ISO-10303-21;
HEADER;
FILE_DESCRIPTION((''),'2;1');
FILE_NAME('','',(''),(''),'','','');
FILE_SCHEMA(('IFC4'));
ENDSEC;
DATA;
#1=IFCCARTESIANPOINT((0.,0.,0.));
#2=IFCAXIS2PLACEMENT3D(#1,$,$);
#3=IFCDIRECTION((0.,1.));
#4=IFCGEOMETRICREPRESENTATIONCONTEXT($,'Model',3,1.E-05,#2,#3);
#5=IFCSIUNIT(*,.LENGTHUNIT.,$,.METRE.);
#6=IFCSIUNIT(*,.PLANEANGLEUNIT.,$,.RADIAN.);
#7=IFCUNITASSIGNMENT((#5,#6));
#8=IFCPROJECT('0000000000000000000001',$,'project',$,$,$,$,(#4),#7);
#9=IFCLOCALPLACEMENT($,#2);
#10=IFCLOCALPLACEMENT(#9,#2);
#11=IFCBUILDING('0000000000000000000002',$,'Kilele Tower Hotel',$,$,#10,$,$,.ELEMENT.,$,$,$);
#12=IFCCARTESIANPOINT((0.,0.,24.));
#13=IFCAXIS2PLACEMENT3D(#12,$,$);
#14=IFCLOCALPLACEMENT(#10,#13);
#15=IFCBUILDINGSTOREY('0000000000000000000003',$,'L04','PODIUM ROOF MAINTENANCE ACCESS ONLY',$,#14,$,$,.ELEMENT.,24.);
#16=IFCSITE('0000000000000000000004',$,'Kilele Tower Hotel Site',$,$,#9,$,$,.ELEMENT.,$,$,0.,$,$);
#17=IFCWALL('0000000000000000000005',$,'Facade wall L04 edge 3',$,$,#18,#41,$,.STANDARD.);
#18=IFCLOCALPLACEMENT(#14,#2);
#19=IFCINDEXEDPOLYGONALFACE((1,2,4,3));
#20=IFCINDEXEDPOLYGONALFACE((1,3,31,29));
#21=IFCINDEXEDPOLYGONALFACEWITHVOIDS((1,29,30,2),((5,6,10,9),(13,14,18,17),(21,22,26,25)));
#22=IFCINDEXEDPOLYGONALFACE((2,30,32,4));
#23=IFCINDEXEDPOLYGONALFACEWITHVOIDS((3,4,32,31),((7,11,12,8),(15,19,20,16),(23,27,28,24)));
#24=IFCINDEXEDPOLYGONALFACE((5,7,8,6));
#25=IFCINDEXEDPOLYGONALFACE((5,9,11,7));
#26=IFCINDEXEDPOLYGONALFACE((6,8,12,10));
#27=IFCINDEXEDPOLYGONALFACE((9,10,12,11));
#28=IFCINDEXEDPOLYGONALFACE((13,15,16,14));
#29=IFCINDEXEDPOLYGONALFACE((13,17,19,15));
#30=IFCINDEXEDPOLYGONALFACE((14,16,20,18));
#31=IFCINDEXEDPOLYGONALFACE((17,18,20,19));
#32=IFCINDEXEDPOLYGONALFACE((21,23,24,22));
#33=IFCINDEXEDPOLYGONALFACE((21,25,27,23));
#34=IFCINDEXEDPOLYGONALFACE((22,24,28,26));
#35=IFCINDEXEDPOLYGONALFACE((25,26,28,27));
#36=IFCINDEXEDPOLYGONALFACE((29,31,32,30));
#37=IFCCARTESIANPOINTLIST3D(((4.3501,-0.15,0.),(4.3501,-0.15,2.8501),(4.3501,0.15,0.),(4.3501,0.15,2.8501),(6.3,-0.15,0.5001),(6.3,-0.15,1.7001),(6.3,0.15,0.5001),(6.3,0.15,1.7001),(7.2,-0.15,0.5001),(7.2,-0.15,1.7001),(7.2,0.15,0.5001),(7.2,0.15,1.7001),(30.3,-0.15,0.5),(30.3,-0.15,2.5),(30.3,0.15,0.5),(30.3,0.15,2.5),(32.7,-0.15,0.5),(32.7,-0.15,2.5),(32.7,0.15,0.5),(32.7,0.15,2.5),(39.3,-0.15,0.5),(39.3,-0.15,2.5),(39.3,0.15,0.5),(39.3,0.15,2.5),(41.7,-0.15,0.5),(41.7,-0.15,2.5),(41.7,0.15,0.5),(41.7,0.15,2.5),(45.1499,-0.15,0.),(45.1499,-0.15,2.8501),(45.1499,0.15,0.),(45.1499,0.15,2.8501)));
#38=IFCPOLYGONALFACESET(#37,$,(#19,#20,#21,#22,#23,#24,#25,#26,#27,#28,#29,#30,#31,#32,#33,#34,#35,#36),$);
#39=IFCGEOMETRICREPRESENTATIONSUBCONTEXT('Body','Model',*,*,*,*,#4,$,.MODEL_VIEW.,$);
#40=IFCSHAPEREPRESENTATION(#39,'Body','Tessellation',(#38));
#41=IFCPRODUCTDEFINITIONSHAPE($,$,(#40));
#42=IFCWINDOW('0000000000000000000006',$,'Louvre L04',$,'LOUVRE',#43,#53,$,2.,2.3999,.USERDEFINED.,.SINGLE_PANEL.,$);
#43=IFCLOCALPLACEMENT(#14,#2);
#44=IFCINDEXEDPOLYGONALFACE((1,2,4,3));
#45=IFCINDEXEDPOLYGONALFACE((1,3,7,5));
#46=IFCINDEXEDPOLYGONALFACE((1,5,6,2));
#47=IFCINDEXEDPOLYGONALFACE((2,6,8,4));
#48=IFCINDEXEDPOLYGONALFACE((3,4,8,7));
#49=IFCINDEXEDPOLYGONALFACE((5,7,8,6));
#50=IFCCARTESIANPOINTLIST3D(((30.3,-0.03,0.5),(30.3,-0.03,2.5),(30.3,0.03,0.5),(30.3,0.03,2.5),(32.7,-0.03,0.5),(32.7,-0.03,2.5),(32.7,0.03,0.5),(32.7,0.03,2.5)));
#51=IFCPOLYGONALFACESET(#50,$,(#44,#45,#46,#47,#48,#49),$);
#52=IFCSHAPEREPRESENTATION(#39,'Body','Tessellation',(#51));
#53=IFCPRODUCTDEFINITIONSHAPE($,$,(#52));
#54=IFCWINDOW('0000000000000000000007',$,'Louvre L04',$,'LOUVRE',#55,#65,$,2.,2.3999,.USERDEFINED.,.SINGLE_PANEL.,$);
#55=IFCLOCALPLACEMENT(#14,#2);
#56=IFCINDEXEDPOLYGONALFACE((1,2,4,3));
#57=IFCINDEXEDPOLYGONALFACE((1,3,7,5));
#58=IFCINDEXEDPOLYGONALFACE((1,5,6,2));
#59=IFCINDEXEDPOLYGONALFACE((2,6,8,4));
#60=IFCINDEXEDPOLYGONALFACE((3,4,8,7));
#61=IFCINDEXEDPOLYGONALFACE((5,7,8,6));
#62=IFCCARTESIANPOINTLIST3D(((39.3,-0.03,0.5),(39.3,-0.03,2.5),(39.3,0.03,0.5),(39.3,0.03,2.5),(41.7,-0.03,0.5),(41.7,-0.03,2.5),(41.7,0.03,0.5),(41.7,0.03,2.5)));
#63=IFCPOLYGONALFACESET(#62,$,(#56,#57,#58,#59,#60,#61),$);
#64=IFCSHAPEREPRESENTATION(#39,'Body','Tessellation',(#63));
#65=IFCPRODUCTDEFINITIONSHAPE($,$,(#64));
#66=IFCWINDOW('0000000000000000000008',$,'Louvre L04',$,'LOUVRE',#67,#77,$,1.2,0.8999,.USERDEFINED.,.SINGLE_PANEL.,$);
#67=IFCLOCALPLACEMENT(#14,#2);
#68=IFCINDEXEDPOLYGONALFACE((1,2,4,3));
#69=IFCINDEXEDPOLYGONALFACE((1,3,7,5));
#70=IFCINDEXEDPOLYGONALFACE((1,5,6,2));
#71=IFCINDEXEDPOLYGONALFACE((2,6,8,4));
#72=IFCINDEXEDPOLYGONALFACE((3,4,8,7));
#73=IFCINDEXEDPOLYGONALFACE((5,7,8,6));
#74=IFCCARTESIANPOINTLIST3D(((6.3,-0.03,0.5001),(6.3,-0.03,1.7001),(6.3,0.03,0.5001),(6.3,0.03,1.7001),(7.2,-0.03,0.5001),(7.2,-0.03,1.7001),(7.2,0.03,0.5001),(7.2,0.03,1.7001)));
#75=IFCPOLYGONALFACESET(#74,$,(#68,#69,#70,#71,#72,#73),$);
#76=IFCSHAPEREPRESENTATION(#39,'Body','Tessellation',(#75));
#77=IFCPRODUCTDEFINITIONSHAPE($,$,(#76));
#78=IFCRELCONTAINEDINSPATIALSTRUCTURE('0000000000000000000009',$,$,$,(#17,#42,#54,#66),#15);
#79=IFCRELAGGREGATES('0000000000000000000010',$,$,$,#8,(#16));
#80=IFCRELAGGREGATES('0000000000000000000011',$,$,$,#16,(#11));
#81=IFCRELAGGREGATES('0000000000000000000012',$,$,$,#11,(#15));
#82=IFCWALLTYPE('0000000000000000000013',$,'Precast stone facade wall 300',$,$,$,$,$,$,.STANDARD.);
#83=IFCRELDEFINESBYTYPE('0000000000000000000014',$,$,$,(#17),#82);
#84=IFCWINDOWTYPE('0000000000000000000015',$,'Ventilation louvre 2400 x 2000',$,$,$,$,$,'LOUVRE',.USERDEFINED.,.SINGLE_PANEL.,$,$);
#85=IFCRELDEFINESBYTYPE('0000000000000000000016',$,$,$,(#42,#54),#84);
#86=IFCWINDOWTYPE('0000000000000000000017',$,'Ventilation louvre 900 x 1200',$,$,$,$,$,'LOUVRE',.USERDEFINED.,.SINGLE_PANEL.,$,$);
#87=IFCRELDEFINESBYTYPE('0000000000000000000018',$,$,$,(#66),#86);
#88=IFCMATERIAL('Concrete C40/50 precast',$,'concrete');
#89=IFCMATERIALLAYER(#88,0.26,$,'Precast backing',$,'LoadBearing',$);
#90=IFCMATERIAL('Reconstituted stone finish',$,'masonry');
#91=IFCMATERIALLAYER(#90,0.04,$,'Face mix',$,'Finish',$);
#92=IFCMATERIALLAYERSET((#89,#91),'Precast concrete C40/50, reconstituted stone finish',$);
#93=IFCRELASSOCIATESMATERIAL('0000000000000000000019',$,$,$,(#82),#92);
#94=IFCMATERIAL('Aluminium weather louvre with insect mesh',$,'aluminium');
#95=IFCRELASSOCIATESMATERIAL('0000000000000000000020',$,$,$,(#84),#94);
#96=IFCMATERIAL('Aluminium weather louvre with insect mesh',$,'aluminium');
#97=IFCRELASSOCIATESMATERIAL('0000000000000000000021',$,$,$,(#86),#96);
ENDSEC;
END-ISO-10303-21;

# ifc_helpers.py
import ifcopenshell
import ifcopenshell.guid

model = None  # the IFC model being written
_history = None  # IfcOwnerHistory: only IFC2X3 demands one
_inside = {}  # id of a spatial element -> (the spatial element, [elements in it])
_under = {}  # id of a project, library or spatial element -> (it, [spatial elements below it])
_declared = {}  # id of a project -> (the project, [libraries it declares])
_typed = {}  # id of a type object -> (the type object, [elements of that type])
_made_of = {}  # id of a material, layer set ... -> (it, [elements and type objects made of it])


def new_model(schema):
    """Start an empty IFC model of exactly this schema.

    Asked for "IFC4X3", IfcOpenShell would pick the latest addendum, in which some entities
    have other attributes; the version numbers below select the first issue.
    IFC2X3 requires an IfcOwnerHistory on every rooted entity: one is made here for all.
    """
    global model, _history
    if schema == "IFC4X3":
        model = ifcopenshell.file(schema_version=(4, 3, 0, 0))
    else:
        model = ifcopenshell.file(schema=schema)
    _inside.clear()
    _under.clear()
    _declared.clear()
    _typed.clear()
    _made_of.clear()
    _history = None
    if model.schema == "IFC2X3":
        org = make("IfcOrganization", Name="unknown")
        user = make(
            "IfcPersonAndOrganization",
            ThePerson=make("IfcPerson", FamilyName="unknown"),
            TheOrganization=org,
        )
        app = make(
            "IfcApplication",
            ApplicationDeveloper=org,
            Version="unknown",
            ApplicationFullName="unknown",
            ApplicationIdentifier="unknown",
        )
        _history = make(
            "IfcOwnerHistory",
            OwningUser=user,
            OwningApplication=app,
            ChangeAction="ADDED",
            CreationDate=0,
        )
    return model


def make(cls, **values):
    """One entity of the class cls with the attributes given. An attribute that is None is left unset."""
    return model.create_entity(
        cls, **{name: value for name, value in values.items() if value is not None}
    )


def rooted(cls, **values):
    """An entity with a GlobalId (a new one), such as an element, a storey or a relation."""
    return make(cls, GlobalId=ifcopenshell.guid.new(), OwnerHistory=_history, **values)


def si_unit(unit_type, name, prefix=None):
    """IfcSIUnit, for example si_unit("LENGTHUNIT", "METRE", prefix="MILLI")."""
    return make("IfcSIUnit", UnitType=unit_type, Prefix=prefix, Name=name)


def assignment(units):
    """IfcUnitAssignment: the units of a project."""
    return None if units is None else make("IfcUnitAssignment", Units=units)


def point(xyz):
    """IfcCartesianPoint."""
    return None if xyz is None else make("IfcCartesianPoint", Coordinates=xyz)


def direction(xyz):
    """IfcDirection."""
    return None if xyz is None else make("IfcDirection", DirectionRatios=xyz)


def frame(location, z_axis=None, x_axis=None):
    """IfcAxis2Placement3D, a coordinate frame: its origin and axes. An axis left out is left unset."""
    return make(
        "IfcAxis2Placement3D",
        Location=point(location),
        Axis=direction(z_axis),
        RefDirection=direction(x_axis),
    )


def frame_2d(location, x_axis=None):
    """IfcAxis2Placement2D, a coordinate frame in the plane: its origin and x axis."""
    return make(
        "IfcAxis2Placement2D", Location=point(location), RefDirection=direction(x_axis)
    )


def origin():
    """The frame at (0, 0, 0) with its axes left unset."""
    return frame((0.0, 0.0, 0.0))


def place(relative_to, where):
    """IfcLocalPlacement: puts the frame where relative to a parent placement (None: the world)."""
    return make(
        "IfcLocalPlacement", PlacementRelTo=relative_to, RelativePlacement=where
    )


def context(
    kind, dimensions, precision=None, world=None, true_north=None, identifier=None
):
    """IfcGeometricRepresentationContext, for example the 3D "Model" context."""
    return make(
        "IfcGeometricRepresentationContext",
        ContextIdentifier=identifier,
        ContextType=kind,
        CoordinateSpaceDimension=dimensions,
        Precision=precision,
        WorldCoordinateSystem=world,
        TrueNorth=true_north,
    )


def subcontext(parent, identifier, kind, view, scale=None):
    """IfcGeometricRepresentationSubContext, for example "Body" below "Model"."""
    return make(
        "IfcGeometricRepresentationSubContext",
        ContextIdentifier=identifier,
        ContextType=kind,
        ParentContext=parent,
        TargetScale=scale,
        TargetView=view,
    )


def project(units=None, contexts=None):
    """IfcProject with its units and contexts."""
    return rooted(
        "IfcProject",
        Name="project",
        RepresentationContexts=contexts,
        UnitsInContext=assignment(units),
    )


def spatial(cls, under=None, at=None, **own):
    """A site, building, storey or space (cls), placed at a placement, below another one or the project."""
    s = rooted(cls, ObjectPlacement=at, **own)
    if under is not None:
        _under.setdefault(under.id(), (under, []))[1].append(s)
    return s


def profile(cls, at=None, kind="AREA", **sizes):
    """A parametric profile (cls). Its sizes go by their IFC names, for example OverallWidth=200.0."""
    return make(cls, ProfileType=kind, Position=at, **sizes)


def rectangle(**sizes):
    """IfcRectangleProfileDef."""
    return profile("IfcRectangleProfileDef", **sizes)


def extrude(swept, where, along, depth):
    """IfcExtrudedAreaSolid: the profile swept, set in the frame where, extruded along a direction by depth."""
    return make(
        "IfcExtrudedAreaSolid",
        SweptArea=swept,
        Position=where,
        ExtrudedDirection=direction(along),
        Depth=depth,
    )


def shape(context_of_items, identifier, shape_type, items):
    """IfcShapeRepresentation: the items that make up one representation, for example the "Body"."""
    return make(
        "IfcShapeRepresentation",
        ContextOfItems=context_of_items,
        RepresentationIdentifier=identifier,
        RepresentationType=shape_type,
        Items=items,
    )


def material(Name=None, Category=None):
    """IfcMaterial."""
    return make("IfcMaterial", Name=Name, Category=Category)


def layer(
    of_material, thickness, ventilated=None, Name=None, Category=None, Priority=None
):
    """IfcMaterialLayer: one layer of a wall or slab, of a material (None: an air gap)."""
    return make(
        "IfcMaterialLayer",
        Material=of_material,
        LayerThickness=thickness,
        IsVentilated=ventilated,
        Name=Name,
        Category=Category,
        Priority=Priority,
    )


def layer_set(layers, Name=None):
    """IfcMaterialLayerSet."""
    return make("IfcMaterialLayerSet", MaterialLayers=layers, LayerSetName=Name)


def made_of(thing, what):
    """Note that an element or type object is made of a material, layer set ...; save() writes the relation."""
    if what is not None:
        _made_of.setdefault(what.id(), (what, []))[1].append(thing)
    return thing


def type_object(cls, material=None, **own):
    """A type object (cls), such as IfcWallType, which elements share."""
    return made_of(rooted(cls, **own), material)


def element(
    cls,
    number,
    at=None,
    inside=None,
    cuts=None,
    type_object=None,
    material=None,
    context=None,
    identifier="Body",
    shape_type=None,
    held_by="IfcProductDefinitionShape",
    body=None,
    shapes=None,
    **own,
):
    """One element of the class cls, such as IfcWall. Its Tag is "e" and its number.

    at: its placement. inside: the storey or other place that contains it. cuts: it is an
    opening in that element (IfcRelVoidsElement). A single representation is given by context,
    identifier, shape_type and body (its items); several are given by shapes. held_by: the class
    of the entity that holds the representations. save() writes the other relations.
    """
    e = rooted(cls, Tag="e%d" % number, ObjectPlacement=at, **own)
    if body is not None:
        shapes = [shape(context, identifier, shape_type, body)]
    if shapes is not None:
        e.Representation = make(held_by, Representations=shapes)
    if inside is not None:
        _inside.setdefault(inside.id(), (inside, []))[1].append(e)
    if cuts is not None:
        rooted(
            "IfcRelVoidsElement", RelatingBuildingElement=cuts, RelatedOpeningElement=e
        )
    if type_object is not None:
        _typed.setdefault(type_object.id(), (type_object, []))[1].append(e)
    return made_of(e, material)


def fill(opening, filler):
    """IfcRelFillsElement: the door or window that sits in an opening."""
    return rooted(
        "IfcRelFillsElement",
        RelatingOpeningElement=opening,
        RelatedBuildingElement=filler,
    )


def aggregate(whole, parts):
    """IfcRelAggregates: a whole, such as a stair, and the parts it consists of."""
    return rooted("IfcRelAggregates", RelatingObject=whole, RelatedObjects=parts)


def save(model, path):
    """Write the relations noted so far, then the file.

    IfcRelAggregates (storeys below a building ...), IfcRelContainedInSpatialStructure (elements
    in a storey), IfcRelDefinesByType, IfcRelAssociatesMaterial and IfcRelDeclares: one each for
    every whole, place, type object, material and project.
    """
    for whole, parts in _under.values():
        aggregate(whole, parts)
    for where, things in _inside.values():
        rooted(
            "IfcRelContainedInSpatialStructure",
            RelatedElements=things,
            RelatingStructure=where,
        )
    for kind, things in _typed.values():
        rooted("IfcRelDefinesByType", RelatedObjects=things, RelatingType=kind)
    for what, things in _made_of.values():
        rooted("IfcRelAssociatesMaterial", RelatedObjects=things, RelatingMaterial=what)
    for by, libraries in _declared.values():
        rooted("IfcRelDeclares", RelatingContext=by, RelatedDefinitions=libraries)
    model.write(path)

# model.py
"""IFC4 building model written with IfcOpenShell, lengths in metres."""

from ifc_helpers import new_model, si_unit, direction, frame, frame_2d, origin, place, context, subcontext, project, spatial, rectangle, extrude, material, layer, layer_set, type_object, element, fill, save


model = new_model("IFC4")

# Units and contexts
model_context = context("Model", 3, precision=1e-05, world=origin(), true_north=direction((0.0, 1.0)))
body_context = subcontext(model_context, "Body", "Model", "MODEL_VIEW")
ifc_project = project(units=[si_unit("LENGTHUNIT", "METRE"), si_unit("PLANEANGLEUNIT", "RADIAN")], contexts=[model_context])

# Site, building, storey
site_placement = place(None, origin())
site = spatial("IfcSite", under=ifc_project, at=site_placement, Name="Kilele Tower Hotel Site", CompositionType="ELEMENT", RefElevation=0.0)
building_placement = place(site_placement, origin())
building = spatial("IfcBuilding", under=site, at=building_placement, Name="Kilele Tower Hotel", CompositionType="ELEMENT")
storey_placement = place(building_placement, frame((0.0, 0.0, 24.0)))
storey = spatial("IfcBuildingStorey", under=building, at=storey_placement, Name="L04", Description="PODIUM ROOF MAINTENANCE ACCESS ONLY", CompositionType="ELEMENT", Elevation=24.0)

# Wall, openings, windows
ifc_material_1 = material(Name="Concrete C40/50 precast", Category="concrete")
ifc_layer_1 = layer(ifc_material_1, 0.26, Name="Precast backing", Category="LoadBearing")
ifc_material_2 = material(Name="Reconstituted stone finish", Category="masonry")
ifc_layer_2 = layer(ifc_material_2, 0.04, Name="Face mix", Category="Finish")
ifc_layer_set = layer_set([ifc_layer_1, ifc_layer_2], Name="Precast concrete C40/50, reconstituted stone finish")
wall_type = type_object("IfcWallType", Name="Precast stone facade wall 300", PredefinedType="STANDARD", material=ifc_layer_set)
wall_placement = place(storey_placement, frame((4.3501, 0.0, 0.0), z_axis=(0.0, 0.0, 1.0), x_axis=(1.0, 0.0, 0.0)))
wall = element("IfcWall", 1, at=wall_placement, inside=storey, type_object=wall_type, Name="Facade wall L04 edge 3", PredefinedType="STANDARD", context=body_context, shape_type="SweptSolid", body=[
    extrude(rectangle(XDim=40.7998, YDim=0.3, at=frame_2d((20.3999, 0.0))), origin(), (0.0, 0.0, 1.0), 2.8501),
])
opening_1_placement = place(wall_placement, frame((1.95, 0.0, 0.5)))
opening_1 = element("IfcOpeningElement", 2, at=opening_1_placement, cuts=wall, PredefinedType="OPENING", context=body_context, shape_type="SweptSolid", body=[
    extrude(rectangle(XDim=0.8999, YDim=1.2, at=frame_2d((0.45, 0.6001))), frame((0.0, 0.1599, 0.0), z_axis=(0.0, -1.0, 0.0), x_axis=(1.0, 0.0, 0.0)), (0.0, 0.0, 1.0), 0.3201),
])
opening_2_placement = place(wall_placement, frame((25.95, 0.0, 0.5)))
opening_2 = element("IfcOpeningElement", 3, at=opening_2_placement, cuts=wall, PredefinedType="OPENING", context=body_context, shape_type="SweptSolid", body=[
    extrude(rectangle(XDim=2.3999, YDim=2.0, at=frame_2d((1.2, 1.0))), frame((0.0, 0.1599, 0.0), z_axis=(0.0, -1.0, 0.0), x_axis=(1.0, 0.0, 0.0)), (0.0, 0.0, 1.0), 0.3201),
])
opening_3_placement = place(wall_placement, frame((34.95, 0.0, 0.5)))
opening_3 = element("IfcOpeningElement", 4, at=opening_3_placement, cuts=wall, PredefinedType="OPENING", context=body_context, shape_type="SweptSolid", body=[
    extrude(rectangle(XDim=2.3999, YDim=2.0, at=frame_2d((1.2, 1.0))), frame((0.0, 0.1599, 0.0), z_axis=(0.0, -1.0, 0.0), x_axis=(1.0, 0.0, 0.0)), (0.0, 0.0, 1.0), 0.3201),
])
ifc_material_3 = material(Name="Aluminium weather louvre with insect mesh", Category="aluminium")
window_type_1 = type_object("IfcWindowType", Name="Ventilation louvre 2400 x 2000", ElementType="LOUVRE", PartitioningType="SINGLE_PANEL", PredefinedType="USERDEFINED", material=ifc_material_3)
window_1_placement = place(opening_2_placement, origin())
window_1 = element("IfcWindow", 5, at=window_1_placement, inside=storey, type_object=window_type_1, Name="Louvre L04", ObjectType="LOUVRE", OverallHeight=2.0, OverallWidth=2.3999, PartitioningType="SINGLE_PANEL", PredefinedType="USERDEFINED", context=body_context, shape_type="SweptSolid", body=[
    extrude(rectangle(XDim=2.3999, YDim=2.0, at=frame_2d((1.2, 1.0))), frame((0.0, 0.03, 0.0), z_axis=(0.0, -1.0, 0.0), x_axis=(1.0, 0.0, 0.0)), (0.0, 0.0, 1.0), 0.0601),
])
fill(opening_2, window_1)
window_2_placement = place(opening_3_placement, origin())
window_2 = element("IfcWindow", 6, at=window_2_placement, inside=storey, type_object=window_type_1, Name="Louvre L04", ObjectType="LOUVRE", OverallHeight=2.0, OverallWidth=2.3999, PartitioningType="SINGLE_PANEL", PredefinedType="USERDEFINED", context=body_context, shape_type="SweptSolid", body=[
    extrude(rectangle(XDim=2.3999, YDim=2.0, at=frame_2d((1.2, 1.0))), frame((0.0, 0.03, 0.0), z_axis=(0.0, -1.0, 0.0), x_axis=(1.0, 0.0, 0.0)), (0.0, 0.0, 1.0), 0.0601),
])
fill(opening_3, window_2)
ifc_material_4 = material(Name="Aluminium weather louvre with insect mesh", Category="aluminium")
window_type_2 = type_object("IfcWindowType", Name="Ventilation louvre 900 x 1200", ElementType="LOUVRE", PartitioningType="SINGLE_PANEL", PredefinedType="USERDEFINED", material=ifc_material_4)
window_3_placement = place(opening_1_placement, origin())
window_3 = element("IfcWindow", 7, at=window_3_placement, inside=storey, type_object=window_type_2, Name="Louvre L04", ObjectType="LOUVRE", OverallHeight=1.2, OverallWidth=0.8999, PartitioningType="SINGLE_PANEL", PredefinedType="USERDEFINED", context=body_context, shape_type="SweptSolid", body=[
    extrude(rectangle(XDim=0.8999, YDim=1.2, at=frame_2d((0.45, 0.6001))), frame((0.0, 0.03, 0.0), z_axis=(0.0, -1.0, 0.0), x_axis=(1.0, 0.0, 0.0)), (0.0, 0.0, 1.0), 0.0601),
])
fill(opening_1, window_3)

save(model, "model.ifc")
